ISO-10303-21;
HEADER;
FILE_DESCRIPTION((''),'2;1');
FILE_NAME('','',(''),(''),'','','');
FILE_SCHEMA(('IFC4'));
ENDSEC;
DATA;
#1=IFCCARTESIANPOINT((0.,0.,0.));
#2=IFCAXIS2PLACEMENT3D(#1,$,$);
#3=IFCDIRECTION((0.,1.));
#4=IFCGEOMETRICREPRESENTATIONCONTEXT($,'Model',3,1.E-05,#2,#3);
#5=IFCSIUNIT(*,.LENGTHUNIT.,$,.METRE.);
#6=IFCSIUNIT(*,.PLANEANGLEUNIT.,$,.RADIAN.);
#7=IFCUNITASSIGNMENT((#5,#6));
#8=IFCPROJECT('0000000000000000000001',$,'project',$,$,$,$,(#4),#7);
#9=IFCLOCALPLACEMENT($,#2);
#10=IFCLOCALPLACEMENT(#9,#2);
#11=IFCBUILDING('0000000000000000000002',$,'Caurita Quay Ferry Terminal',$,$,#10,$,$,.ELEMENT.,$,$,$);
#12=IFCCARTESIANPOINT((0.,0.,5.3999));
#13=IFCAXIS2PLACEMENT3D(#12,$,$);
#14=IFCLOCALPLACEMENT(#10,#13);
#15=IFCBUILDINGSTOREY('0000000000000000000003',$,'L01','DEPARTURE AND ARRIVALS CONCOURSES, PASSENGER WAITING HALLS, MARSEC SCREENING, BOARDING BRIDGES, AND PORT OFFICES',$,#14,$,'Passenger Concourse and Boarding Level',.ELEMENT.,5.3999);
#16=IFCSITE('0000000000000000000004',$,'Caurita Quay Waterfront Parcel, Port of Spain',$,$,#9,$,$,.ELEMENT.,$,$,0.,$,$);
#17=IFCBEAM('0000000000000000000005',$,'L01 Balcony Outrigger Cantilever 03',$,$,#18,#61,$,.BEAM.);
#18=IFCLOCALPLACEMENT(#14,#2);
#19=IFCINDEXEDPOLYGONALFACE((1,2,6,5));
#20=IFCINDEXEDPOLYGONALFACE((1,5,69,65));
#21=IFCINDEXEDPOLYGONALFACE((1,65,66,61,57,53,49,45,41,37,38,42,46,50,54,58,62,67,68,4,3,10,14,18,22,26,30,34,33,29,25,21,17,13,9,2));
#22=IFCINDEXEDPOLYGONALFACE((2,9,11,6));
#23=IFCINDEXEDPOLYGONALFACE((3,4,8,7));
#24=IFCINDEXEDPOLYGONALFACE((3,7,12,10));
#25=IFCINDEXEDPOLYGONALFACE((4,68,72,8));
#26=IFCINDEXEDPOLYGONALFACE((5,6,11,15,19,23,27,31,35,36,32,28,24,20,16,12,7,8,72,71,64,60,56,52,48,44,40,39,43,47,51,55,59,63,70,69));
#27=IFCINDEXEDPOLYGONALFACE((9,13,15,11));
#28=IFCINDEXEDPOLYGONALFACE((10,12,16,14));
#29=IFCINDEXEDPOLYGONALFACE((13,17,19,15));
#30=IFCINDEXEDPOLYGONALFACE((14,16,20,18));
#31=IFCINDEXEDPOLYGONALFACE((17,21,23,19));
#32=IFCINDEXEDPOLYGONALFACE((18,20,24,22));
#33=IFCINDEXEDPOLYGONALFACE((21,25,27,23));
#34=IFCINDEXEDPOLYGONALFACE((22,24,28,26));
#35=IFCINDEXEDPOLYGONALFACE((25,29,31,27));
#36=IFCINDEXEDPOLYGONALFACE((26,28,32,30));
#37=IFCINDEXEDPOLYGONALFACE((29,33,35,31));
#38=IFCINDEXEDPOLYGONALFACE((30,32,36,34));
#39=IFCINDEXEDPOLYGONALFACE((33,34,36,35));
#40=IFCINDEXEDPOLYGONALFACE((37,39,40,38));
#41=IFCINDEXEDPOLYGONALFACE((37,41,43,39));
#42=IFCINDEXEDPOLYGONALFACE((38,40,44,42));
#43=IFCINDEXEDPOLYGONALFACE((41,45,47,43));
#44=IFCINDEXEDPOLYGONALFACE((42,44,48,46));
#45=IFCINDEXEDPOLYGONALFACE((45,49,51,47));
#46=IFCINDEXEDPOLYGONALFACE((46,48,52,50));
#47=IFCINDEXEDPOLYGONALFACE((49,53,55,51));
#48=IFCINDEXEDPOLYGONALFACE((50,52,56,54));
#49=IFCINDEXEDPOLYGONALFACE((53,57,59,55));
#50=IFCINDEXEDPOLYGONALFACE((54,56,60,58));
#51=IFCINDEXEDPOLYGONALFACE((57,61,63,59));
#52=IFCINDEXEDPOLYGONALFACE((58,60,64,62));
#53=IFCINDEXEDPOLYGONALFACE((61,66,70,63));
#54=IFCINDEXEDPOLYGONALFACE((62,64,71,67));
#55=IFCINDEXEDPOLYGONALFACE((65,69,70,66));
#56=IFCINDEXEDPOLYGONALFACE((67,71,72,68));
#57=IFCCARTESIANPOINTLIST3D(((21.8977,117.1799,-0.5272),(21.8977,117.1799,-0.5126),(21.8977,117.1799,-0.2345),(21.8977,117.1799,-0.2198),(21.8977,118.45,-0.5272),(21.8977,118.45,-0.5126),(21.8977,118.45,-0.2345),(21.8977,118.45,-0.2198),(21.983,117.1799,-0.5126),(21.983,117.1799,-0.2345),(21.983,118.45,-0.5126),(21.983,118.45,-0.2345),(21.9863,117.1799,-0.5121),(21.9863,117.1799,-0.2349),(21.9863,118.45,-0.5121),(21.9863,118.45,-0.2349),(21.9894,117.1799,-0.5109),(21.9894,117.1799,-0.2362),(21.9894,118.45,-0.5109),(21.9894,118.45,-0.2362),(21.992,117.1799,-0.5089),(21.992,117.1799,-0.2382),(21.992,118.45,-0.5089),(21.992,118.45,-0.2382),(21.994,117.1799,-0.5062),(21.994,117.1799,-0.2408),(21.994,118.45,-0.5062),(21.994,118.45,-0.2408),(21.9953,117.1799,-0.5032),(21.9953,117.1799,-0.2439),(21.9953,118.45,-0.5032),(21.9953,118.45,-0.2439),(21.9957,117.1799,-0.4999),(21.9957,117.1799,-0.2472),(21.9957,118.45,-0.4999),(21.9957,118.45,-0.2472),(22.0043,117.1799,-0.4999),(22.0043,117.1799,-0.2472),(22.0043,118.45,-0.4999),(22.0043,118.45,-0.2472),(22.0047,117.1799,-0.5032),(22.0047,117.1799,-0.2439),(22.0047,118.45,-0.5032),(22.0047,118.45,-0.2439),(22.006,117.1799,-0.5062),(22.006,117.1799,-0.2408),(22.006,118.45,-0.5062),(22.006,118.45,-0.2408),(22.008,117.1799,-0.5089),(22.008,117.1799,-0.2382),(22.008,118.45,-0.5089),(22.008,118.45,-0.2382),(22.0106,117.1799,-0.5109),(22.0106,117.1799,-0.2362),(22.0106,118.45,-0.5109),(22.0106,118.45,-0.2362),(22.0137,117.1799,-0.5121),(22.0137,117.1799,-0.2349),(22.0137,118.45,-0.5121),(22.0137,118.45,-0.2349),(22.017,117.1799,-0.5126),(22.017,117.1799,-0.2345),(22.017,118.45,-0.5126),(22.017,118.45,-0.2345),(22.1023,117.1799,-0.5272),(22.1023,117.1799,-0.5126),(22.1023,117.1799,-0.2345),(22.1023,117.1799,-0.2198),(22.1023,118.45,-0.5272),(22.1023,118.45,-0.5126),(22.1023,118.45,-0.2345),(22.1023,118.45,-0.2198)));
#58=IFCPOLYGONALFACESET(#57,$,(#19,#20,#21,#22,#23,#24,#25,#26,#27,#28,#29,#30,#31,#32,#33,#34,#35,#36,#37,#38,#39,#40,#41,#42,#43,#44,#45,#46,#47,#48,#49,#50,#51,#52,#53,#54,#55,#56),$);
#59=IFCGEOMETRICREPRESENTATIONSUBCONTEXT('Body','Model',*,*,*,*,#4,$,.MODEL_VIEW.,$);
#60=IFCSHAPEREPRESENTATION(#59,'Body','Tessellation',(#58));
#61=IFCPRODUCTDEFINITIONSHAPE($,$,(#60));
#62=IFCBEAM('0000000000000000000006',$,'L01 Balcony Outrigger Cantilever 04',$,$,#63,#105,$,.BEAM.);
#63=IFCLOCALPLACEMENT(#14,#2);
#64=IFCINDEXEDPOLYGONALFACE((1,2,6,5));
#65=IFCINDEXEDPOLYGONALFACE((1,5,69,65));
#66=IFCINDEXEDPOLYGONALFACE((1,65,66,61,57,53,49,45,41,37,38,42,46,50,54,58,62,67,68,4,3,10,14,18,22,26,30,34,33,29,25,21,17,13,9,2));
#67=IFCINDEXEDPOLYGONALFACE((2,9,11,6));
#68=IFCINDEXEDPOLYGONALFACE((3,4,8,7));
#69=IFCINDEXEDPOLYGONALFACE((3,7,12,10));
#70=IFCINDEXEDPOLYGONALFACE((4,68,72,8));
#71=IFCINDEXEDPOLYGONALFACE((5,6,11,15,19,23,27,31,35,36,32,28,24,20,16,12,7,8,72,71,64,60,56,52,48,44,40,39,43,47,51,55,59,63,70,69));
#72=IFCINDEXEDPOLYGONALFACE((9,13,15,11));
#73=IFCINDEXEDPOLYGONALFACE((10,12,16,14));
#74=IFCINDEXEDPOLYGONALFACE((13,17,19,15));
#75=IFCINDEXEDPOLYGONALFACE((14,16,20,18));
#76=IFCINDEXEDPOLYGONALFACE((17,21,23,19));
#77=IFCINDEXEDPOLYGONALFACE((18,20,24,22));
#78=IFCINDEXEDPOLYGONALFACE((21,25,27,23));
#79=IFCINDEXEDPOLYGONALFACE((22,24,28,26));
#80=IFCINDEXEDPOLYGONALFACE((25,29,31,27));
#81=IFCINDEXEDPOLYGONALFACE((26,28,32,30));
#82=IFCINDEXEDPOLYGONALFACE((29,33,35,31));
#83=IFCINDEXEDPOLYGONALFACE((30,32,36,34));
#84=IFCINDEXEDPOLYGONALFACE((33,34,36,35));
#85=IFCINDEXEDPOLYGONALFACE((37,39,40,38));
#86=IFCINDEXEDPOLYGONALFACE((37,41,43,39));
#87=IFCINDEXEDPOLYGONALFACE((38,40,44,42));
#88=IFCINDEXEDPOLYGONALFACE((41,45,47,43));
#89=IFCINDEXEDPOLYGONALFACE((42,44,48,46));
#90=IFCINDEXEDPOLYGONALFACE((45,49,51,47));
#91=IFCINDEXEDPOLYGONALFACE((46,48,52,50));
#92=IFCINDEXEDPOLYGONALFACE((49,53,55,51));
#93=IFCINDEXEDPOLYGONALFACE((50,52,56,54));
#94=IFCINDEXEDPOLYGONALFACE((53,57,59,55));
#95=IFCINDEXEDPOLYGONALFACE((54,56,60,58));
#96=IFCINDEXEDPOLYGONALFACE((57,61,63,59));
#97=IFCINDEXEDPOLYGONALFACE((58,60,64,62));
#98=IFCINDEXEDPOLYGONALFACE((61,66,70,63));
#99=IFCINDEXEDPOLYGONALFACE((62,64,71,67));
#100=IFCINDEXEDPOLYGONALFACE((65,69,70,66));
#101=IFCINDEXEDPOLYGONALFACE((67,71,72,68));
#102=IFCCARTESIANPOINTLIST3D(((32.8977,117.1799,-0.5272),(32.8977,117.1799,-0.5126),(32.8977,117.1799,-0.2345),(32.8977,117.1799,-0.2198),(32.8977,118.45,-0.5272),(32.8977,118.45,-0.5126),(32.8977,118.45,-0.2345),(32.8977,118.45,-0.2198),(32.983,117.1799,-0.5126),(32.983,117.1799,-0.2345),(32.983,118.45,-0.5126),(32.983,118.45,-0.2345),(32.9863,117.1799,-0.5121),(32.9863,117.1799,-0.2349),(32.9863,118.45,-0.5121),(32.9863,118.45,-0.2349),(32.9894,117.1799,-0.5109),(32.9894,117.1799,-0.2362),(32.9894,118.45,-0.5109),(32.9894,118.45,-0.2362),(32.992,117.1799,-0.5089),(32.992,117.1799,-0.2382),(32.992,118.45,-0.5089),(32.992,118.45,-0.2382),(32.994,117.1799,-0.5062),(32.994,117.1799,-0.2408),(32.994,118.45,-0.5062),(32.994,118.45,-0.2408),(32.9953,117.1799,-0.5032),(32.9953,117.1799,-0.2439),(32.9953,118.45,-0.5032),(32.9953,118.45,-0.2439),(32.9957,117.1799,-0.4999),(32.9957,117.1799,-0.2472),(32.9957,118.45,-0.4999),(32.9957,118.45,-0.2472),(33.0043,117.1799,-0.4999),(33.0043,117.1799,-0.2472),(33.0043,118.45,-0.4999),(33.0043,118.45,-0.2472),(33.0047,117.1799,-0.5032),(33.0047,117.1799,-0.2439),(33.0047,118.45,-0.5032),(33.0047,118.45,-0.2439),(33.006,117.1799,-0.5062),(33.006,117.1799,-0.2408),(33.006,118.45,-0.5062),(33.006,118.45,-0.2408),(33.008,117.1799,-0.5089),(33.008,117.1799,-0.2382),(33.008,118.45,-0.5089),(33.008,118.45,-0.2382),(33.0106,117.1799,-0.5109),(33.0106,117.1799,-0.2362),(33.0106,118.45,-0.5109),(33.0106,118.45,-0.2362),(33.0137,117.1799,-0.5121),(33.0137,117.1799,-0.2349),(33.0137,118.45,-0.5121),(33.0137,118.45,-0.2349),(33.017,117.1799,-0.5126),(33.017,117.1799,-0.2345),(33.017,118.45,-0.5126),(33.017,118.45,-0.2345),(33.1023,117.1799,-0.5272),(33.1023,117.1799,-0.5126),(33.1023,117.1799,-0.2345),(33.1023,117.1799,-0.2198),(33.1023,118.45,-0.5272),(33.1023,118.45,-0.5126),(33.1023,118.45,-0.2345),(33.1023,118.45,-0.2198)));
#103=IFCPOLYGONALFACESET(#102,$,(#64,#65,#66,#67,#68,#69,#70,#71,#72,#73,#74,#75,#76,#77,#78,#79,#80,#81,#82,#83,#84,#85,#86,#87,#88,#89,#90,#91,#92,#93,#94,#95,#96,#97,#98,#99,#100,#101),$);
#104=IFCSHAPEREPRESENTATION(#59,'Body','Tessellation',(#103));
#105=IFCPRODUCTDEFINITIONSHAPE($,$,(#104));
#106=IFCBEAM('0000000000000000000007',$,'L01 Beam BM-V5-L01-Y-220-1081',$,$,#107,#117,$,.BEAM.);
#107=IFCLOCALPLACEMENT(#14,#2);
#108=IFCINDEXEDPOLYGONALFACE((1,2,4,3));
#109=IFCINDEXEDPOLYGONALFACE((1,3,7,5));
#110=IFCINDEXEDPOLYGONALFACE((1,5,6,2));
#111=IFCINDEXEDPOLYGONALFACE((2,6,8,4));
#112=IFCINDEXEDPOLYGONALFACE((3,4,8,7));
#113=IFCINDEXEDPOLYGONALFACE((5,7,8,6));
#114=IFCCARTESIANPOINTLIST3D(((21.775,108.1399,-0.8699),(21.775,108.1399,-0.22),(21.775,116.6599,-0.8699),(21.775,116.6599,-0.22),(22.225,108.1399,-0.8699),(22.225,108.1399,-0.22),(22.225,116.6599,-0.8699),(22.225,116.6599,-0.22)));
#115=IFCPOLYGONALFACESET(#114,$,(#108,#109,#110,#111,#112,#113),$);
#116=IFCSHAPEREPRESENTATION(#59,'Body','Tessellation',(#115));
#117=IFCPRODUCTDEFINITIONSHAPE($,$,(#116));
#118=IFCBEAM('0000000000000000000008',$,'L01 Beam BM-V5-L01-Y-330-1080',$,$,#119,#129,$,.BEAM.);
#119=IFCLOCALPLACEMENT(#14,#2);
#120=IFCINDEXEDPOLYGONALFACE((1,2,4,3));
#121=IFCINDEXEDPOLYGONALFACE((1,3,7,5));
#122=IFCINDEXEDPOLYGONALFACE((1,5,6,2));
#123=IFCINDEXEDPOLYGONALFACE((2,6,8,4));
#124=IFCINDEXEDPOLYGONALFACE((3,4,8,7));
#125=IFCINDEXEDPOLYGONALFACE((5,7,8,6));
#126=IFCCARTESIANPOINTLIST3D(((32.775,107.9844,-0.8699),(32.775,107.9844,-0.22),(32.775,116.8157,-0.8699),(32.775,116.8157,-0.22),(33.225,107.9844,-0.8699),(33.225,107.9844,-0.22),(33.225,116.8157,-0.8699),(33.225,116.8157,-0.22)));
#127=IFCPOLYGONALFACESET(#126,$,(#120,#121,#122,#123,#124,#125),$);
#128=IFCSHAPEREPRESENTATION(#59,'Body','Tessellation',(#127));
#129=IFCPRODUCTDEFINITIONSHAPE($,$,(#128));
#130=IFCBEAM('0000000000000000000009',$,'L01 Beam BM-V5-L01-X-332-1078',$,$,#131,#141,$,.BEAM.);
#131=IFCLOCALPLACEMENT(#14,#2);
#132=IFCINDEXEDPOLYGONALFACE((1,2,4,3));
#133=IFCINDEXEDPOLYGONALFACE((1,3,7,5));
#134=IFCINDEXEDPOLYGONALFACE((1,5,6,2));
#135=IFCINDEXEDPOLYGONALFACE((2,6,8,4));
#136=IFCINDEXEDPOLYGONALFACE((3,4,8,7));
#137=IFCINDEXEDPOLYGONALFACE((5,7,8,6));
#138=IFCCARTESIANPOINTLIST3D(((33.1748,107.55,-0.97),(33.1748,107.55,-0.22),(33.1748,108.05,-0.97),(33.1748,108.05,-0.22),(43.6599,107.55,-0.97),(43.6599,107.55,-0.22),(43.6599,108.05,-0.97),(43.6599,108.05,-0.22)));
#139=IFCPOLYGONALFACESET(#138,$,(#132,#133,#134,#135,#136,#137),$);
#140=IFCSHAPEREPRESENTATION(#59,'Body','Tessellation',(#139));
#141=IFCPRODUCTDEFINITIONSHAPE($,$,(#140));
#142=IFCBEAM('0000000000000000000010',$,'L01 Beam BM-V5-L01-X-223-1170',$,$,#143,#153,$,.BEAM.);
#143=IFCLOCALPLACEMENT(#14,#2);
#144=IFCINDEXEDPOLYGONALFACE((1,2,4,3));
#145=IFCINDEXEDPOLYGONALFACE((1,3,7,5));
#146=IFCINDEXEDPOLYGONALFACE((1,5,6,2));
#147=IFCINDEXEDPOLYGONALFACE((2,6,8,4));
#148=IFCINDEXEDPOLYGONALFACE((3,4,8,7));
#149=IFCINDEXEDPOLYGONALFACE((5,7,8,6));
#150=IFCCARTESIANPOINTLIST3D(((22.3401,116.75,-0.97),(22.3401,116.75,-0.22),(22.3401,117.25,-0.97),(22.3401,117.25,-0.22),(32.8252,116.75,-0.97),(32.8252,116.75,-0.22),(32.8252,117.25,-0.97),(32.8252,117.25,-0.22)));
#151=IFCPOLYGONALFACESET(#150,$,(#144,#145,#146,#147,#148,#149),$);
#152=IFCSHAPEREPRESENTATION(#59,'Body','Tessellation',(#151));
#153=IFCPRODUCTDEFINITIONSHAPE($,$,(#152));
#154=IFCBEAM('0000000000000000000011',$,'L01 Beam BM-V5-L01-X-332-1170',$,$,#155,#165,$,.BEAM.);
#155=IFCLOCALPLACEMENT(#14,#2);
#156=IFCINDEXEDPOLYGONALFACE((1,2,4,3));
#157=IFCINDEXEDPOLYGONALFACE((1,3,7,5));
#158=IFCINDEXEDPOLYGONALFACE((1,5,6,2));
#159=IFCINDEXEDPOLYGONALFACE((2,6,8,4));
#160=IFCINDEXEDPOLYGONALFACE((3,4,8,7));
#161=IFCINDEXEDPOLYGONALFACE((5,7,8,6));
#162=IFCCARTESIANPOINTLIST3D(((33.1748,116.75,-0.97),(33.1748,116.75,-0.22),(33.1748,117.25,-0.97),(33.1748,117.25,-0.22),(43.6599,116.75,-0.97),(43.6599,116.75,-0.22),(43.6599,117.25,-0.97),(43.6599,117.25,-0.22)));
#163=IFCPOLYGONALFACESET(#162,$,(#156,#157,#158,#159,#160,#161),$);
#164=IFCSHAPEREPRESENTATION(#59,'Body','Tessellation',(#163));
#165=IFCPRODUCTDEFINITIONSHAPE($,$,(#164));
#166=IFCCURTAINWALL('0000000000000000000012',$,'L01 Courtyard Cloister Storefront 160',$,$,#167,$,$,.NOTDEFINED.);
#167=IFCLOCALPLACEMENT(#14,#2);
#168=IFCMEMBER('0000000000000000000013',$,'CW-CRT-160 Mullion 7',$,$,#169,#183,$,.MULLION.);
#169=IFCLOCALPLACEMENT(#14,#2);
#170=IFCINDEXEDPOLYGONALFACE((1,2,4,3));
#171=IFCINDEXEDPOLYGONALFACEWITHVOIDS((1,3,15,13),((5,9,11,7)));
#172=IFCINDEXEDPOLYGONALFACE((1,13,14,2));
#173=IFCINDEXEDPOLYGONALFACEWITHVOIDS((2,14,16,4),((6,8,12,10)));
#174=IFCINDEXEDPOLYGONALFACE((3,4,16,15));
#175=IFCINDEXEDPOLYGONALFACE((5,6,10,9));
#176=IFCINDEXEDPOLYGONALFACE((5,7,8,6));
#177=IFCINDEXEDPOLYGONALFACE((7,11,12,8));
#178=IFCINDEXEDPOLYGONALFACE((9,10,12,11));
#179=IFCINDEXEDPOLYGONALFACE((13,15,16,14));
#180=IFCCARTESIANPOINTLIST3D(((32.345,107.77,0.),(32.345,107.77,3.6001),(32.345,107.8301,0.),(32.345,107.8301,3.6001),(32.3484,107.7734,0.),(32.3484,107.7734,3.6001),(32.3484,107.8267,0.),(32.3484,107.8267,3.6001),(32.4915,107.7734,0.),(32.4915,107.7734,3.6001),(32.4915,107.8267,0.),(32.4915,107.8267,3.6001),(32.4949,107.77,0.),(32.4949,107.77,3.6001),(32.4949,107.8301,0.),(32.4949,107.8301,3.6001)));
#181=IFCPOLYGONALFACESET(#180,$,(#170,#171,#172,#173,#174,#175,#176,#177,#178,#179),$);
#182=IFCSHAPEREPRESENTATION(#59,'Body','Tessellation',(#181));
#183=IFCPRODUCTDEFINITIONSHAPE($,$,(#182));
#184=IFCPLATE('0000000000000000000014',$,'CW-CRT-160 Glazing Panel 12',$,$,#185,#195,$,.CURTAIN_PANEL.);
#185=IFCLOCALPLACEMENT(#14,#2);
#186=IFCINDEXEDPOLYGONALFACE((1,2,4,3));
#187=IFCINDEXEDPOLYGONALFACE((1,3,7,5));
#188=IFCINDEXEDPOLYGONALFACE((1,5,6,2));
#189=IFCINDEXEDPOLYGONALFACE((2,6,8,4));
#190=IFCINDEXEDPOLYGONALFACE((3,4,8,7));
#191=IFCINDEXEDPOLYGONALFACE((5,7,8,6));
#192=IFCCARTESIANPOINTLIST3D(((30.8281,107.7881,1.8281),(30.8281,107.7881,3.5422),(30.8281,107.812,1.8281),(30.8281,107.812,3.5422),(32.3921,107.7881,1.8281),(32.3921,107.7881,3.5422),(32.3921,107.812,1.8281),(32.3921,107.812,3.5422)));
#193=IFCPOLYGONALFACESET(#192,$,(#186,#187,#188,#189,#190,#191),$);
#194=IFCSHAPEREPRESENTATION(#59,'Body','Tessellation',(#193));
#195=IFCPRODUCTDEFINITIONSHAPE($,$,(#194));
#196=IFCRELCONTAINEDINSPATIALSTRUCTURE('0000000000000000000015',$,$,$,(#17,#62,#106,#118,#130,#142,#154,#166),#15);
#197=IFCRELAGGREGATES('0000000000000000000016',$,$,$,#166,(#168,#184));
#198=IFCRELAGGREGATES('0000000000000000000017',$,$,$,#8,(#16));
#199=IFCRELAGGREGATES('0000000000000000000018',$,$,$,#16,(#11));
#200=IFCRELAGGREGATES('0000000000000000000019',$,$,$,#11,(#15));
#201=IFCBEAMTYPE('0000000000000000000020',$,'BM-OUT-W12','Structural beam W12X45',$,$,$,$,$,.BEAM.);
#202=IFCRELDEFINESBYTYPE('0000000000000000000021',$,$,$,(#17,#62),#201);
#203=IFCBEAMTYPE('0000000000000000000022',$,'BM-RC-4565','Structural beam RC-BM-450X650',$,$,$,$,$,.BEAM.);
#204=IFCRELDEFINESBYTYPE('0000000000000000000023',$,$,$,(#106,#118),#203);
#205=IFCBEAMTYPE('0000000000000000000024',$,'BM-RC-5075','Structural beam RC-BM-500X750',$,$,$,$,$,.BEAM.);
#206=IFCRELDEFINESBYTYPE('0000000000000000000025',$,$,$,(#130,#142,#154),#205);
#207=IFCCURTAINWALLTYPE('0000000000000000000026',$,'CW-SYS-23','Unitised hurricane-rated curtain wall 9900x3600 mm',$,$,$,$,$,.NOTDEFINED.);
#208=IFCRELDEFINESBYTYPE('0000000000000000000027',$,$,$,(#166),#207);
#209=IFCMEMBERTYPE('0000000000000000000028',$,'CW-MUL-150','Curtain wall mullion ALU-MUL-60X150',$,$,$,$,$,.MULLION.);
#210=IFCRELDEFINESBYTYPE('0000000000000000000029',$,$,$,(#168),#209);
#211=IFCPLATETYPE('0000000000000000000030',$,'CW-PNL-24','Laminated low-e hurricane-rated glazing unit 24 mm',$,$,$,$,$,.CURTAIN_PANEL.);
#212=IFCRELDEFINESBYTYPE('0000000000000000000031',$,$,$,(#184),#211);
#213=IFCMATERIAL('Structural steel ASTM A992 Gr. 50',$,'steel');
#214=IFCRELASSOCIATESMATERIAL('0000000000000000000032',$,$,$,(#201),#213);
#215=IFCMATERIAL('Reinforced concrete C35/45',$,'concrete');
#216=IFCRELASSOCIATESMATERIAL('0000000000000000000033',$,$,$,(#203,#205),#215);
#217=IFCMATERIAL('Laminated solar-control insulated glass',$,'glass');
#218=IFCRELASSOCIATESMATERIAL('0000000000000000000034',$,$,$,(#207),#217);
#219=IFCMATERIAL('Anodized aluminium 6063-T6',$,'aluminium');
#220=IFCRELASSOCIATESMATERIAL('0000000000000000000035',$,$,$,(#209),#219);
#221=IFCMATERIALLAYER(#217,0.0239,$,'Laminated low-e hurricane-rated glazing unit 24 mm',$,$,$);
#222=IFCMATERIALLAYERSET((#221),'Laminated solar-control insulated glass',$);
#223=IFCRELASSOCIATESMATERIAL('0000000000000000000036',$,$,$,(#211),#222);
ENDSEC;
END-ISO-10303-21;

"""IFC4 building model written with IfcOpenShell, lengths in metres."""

from ifc_helpers import new_model, si_unit, direction, frame, origin, origin_2d, place, context, subcontext, project, spatial, rectangle, hollow_rectangle, i_section, extrude, material, layer, layer_set, material_profile, profile_set, type_object, element, aggregate, save


model = new_model("IFC4")

# Units and contexts
model_context = context("Model", 3, precision=1e-05, world=origin(), true_north=direction((0.0, 1.0)))
body_context = subcontext(model_context, "Body", "Model", "MODEL_VIEW")
ifc_project = project(units=[si_unit("LENGTHUNIT", "METRE"), si_unit("PLANEANGLEUNIT", "RADIAN")], contexts=[model_context])

# Site, building, storey
site_placement = place(None, origin())
site = spatial("IfcSite", under=ifc_project, at=site_placement, Name="Caurita Quay Waterfront Parcel, Port of Spain", CompositionType="ELEMENT", RefElevation=0.0)
building_placement = place(site_placement, origin())
building = spatial("IfcBuilding", under=site, at=building_placement, Name="Caurita Quay Ferry Terminal", CompositionType="ELEMENT")
storey_placement = place(building_placement, frame((0.0, 0.0, 5.3999)))
storey = spatial("IfcBuildingStorey", under=building, at=storey_placement, Name="L01", Description="DEPARTURE AND ARRIVALS CONCOURSES, PASSENGER WAITING HALLS, MARSEC SCREENING, BOARDING BRIDGES, AND PORT OFFICES", LongName="Passenger Concourse and Boarding Level", CompositionType="ELEMENT", Elevation=5.3999)

# Shared definitions
ifc_material_1 = material(Name="Reinforced concrete C35/45", Category="concrete")

# Beams
ifc_material_2 = material(Name="Structural steel ASTM A992 Gr. 50", Category="steel")
ifc_material_profile_1 = material_profile(ifc_material_2, i_section(OverallWidth=0.2046, OverallDepth=0.3074, WebThickness=0.0085, FlangeThickness=0.0146, FilletRadius=0.0127, at=origin_2d()), Name="W12X45")
ifc_profile_set_1 = profile_set([ifc_material_profile_1], Name="Structural steel ASTM A992 Gr. 50")
beam_type_1 = type_object("IfcBeamType", Name="BM-OUT-W12", Description="Structural beam W12X45", PredefinedType="BEAM", material=ifc_profile_set_1)
for number, where, z_axis, x_axis, name in (
    (1, (22.0, 117.1799, -0.3735), (0.0, 1.0, 0.0), (-1.0, 0.0, 0.0), "L01 Balcony Outrigger Cantilever 03"),
    (2, (33.0, 117.1799, -0.3735), (0.0, 1.0, 0.0), (-1.0, 0.0, 0.0), "L01 Balcony Outrigger Cantilever 04"),
):
    element("IfcBeam", number, at=place(storey_placement, frame(where, z_axis=z_axis, x_axis=x_axis)), inside=storey, type_object=beam_type_1, Name=name, PredefinedType="BEAM", context=body_context, shape_type="SweptSolid", body=[
        extrude(i_section(OverallWidth=0.2046, OverallDepth=0.3074, WebThickness=0.0085, FlangeThickness=0.0146, FilletRadius=0.0127, at=origin_2d()), origin(), (0.0, 0.0, 1.0), 1.27),
    ])
ifc_material_profile_2 = material_profile(ifc_material_1, rectangle(XDim=0.45, YDim=0.6499, at=origin_2d()), Name="RC-BM-450X650")
ifc_profile_set_2 = profile_set([ifc_material_profile_2], Name="Reinforced concrete C35/45")
beam_type_2 = type_object("IfcBeamType", Name="BM-RC-4565", Description="Structural beam RC-BM-450X650", PredefinedType="BEAM", material=ifc_profile_set_2)
beam_1_placement = place(storey_placement, frame((22.0, 108.1399, -0.5449), z_axis=(0.0, 1.0, 0.0), x_axis=(-1.0, 0.0, 0.0)))
element("IfcBeam", 3, at=beam_1_placement, inside=storey, type_object=beam_type_2, Name="L01 Beam BM-V5-L01-Y-220-1081", PredefinedType="BEAM", context=body_context, shape_type="SweptSolid", body=[
    extrude(rectangle(XDim=0.45, YDim=0.6499, at=origin_2d()), origin(), (0.0, 0.0, 1.0), 8.52),
])
beam_2_placement = place(storey_placement, frame((33.0, 107.9844, -0.5449), z_axis=(0.0, 1.0, 0.0), x_axis=(-1.0, 0.0, 0.0)))
element("IfcBeam", 4, at=beam_2_placement, inside=storey, type_object=beam_type_2, Name="L01 Beam BM-V5-L01-Y-330-1080", PredefinedType="BEAM", context=body_context, shape_type="SweptSolid", body=[
    extrude(rectangle(XDim=0.45, YDim=0.6499, at=origin_2d()), origin(), (0.0, 0.0, 1.0), 8.8313),
])
ifc_material_profile_3 = material_profile(ifc_material_1, rectangle(XDim=0.5, YDim=0.75, at=origin_2d()), Name="RC-BM-500X750")
ifc_profile_set_3 = profile_set([ifc_material_profile_3], Name="Reinforced concrete C35/45")
beam_type_3 = type_object("IfcBeamType", Name="BM-RC-5075", Description="Structural beam RC-BM-500X750", PredefinedType="BEAM", material=ifc_profile_set_3)
for number, where, z_axis, x_axis, name in (
    (5, (33.1748, 107.8, -0.595), (1.0, 0.0, 0.0), (0.0, 1.0, 0.0), "L01 Beam BM-V5-L01-X-332-1078"),
    (6, (22.3401, 117.0, -0.595), (1.0, 0.0, 0.0), (0.0, 1.0, 0.0), "L01 Beam BM-V5-L01-X-223-1170"),
    (7, (33.1748, 117.0, -0.595), (1.0, 0.0, 0.0), (0.0, 1.0, 0.0), "L01 Beam BM-V5-L01-X-332-1170"),
):
    element("IfcBeam", number, at=place(storey_placement, frame(where, z_axis=z_axis, x_axis=x_axis)), inside=storey, type_object=beam_type_3, Name=name, PredefinedType="BEAM", context=body_context, shape_type="SweptSolid", body=[
        extrude(rectangle(XDim=0.5, YDim=0.75, at=origin_2d()), origin(), (0.0, 0.0, 1.0), 10.4851),
    ])

# Curtain wall, member, plate
ifc_material_3 = material(Name="Laminated solar-control insulated glass", Category="glass")
curtain_wall_type = type_object("IfcCurtainWallType", Name="CW-SYS-23", Description="Unitised hurricane-rated curtain wall 9900x3600 mm", PredefinedType="NOTDEFINED", material=ifc_material_3)
curtain_wall_placement = place(storey_placement, origin())
curtain_wall = element("IfcCurtainWall", 8, at=curtain_wall_placement, inside=storey, type_object=curtain_wall_type, Name="L01 Courtyard Cloister Storefront 160", PredefinedType="NOTDEFINED")
ifc_material_4 = material(Name="Anodized aluminium 6063-T6", Category="aluminium")
ifc_material_profile_4 = material_profile(ifc_material_4, hollow_rectangle(XDim=0.0601, YDim=0.1499, WallThickness=0.0034, at=origin_2d()), Name="ALU-MUL-60X150")
ifc_profile_set_4 = profile_set([ifc_material_profile_4], Name="Anodized aluminium 6063-T6")
member_type = type_object("IfcMemberType", Name="CW-MUL-150", Description="Curtain wall mullion ALU-MUL-60X150", PredefinedType="MULLION", material=ifc_profile_set_4)
member_placement = place(storey_placement, frame((32.4199, 107.8, 0.0), z_axis=(0.0, 0.0, 1.0), x_axis=(0.0, 1.0, 0.0)))
member = element("IfcMember", 9, at=member_placement, type_object=member_type, Name="CW-CRT-160 Mullion 7", PredefinedType="MULLION", context=body_context, shape_type="SweptSolid", body=[
    extrude(hollow_rectangle(XDim=0.0601, YDim=0.1499, WallThickness=0.0034, at=origin_2d()), origin(), (0.0, 0.0, 1.0), 3.6001),
])
ifc_layer_1 = layer(ifc_material_3, 0.0239, Name="Laminated low-e hurricane-rated glazing unit 24 mm")
ifc_layer_set_1 = layer_set([ifc_layer_1], Name="Laminated solar-control insulated glass")
plate_type = type_object("IfcPlateType", Name="CW-PNL-24", Description="Laminated low-e hurricane-rated glazing unit 24 mm", PredefinedType="CURTAIN_PANEL", material=ifc_layer_set_1)
plate_placement = place(storey_placement, frame((31.6101, 107.8, 1.8281), z_axis=(0.0, 0.0, 1.0), x_axis=(1.0, 0.0, 0.0)))
plate = element("IfcPlate", 10, at=plate_placement, type_object=plate_type, Name="CW-CRT-160 Glazing Panel 12", PredefinedType="CURTAIN_PANEL", context=body_context, shape_type="SweptSolid", body=[
    extrude(rectangle(XDim=1.564, YDim=0.0239, at=origin_2d()), origin(), (0.0, 0.0, 1.0), 1.7141),
])
aggregate(curtain_wall, [member, plate])

save(model, "model.ifc")
